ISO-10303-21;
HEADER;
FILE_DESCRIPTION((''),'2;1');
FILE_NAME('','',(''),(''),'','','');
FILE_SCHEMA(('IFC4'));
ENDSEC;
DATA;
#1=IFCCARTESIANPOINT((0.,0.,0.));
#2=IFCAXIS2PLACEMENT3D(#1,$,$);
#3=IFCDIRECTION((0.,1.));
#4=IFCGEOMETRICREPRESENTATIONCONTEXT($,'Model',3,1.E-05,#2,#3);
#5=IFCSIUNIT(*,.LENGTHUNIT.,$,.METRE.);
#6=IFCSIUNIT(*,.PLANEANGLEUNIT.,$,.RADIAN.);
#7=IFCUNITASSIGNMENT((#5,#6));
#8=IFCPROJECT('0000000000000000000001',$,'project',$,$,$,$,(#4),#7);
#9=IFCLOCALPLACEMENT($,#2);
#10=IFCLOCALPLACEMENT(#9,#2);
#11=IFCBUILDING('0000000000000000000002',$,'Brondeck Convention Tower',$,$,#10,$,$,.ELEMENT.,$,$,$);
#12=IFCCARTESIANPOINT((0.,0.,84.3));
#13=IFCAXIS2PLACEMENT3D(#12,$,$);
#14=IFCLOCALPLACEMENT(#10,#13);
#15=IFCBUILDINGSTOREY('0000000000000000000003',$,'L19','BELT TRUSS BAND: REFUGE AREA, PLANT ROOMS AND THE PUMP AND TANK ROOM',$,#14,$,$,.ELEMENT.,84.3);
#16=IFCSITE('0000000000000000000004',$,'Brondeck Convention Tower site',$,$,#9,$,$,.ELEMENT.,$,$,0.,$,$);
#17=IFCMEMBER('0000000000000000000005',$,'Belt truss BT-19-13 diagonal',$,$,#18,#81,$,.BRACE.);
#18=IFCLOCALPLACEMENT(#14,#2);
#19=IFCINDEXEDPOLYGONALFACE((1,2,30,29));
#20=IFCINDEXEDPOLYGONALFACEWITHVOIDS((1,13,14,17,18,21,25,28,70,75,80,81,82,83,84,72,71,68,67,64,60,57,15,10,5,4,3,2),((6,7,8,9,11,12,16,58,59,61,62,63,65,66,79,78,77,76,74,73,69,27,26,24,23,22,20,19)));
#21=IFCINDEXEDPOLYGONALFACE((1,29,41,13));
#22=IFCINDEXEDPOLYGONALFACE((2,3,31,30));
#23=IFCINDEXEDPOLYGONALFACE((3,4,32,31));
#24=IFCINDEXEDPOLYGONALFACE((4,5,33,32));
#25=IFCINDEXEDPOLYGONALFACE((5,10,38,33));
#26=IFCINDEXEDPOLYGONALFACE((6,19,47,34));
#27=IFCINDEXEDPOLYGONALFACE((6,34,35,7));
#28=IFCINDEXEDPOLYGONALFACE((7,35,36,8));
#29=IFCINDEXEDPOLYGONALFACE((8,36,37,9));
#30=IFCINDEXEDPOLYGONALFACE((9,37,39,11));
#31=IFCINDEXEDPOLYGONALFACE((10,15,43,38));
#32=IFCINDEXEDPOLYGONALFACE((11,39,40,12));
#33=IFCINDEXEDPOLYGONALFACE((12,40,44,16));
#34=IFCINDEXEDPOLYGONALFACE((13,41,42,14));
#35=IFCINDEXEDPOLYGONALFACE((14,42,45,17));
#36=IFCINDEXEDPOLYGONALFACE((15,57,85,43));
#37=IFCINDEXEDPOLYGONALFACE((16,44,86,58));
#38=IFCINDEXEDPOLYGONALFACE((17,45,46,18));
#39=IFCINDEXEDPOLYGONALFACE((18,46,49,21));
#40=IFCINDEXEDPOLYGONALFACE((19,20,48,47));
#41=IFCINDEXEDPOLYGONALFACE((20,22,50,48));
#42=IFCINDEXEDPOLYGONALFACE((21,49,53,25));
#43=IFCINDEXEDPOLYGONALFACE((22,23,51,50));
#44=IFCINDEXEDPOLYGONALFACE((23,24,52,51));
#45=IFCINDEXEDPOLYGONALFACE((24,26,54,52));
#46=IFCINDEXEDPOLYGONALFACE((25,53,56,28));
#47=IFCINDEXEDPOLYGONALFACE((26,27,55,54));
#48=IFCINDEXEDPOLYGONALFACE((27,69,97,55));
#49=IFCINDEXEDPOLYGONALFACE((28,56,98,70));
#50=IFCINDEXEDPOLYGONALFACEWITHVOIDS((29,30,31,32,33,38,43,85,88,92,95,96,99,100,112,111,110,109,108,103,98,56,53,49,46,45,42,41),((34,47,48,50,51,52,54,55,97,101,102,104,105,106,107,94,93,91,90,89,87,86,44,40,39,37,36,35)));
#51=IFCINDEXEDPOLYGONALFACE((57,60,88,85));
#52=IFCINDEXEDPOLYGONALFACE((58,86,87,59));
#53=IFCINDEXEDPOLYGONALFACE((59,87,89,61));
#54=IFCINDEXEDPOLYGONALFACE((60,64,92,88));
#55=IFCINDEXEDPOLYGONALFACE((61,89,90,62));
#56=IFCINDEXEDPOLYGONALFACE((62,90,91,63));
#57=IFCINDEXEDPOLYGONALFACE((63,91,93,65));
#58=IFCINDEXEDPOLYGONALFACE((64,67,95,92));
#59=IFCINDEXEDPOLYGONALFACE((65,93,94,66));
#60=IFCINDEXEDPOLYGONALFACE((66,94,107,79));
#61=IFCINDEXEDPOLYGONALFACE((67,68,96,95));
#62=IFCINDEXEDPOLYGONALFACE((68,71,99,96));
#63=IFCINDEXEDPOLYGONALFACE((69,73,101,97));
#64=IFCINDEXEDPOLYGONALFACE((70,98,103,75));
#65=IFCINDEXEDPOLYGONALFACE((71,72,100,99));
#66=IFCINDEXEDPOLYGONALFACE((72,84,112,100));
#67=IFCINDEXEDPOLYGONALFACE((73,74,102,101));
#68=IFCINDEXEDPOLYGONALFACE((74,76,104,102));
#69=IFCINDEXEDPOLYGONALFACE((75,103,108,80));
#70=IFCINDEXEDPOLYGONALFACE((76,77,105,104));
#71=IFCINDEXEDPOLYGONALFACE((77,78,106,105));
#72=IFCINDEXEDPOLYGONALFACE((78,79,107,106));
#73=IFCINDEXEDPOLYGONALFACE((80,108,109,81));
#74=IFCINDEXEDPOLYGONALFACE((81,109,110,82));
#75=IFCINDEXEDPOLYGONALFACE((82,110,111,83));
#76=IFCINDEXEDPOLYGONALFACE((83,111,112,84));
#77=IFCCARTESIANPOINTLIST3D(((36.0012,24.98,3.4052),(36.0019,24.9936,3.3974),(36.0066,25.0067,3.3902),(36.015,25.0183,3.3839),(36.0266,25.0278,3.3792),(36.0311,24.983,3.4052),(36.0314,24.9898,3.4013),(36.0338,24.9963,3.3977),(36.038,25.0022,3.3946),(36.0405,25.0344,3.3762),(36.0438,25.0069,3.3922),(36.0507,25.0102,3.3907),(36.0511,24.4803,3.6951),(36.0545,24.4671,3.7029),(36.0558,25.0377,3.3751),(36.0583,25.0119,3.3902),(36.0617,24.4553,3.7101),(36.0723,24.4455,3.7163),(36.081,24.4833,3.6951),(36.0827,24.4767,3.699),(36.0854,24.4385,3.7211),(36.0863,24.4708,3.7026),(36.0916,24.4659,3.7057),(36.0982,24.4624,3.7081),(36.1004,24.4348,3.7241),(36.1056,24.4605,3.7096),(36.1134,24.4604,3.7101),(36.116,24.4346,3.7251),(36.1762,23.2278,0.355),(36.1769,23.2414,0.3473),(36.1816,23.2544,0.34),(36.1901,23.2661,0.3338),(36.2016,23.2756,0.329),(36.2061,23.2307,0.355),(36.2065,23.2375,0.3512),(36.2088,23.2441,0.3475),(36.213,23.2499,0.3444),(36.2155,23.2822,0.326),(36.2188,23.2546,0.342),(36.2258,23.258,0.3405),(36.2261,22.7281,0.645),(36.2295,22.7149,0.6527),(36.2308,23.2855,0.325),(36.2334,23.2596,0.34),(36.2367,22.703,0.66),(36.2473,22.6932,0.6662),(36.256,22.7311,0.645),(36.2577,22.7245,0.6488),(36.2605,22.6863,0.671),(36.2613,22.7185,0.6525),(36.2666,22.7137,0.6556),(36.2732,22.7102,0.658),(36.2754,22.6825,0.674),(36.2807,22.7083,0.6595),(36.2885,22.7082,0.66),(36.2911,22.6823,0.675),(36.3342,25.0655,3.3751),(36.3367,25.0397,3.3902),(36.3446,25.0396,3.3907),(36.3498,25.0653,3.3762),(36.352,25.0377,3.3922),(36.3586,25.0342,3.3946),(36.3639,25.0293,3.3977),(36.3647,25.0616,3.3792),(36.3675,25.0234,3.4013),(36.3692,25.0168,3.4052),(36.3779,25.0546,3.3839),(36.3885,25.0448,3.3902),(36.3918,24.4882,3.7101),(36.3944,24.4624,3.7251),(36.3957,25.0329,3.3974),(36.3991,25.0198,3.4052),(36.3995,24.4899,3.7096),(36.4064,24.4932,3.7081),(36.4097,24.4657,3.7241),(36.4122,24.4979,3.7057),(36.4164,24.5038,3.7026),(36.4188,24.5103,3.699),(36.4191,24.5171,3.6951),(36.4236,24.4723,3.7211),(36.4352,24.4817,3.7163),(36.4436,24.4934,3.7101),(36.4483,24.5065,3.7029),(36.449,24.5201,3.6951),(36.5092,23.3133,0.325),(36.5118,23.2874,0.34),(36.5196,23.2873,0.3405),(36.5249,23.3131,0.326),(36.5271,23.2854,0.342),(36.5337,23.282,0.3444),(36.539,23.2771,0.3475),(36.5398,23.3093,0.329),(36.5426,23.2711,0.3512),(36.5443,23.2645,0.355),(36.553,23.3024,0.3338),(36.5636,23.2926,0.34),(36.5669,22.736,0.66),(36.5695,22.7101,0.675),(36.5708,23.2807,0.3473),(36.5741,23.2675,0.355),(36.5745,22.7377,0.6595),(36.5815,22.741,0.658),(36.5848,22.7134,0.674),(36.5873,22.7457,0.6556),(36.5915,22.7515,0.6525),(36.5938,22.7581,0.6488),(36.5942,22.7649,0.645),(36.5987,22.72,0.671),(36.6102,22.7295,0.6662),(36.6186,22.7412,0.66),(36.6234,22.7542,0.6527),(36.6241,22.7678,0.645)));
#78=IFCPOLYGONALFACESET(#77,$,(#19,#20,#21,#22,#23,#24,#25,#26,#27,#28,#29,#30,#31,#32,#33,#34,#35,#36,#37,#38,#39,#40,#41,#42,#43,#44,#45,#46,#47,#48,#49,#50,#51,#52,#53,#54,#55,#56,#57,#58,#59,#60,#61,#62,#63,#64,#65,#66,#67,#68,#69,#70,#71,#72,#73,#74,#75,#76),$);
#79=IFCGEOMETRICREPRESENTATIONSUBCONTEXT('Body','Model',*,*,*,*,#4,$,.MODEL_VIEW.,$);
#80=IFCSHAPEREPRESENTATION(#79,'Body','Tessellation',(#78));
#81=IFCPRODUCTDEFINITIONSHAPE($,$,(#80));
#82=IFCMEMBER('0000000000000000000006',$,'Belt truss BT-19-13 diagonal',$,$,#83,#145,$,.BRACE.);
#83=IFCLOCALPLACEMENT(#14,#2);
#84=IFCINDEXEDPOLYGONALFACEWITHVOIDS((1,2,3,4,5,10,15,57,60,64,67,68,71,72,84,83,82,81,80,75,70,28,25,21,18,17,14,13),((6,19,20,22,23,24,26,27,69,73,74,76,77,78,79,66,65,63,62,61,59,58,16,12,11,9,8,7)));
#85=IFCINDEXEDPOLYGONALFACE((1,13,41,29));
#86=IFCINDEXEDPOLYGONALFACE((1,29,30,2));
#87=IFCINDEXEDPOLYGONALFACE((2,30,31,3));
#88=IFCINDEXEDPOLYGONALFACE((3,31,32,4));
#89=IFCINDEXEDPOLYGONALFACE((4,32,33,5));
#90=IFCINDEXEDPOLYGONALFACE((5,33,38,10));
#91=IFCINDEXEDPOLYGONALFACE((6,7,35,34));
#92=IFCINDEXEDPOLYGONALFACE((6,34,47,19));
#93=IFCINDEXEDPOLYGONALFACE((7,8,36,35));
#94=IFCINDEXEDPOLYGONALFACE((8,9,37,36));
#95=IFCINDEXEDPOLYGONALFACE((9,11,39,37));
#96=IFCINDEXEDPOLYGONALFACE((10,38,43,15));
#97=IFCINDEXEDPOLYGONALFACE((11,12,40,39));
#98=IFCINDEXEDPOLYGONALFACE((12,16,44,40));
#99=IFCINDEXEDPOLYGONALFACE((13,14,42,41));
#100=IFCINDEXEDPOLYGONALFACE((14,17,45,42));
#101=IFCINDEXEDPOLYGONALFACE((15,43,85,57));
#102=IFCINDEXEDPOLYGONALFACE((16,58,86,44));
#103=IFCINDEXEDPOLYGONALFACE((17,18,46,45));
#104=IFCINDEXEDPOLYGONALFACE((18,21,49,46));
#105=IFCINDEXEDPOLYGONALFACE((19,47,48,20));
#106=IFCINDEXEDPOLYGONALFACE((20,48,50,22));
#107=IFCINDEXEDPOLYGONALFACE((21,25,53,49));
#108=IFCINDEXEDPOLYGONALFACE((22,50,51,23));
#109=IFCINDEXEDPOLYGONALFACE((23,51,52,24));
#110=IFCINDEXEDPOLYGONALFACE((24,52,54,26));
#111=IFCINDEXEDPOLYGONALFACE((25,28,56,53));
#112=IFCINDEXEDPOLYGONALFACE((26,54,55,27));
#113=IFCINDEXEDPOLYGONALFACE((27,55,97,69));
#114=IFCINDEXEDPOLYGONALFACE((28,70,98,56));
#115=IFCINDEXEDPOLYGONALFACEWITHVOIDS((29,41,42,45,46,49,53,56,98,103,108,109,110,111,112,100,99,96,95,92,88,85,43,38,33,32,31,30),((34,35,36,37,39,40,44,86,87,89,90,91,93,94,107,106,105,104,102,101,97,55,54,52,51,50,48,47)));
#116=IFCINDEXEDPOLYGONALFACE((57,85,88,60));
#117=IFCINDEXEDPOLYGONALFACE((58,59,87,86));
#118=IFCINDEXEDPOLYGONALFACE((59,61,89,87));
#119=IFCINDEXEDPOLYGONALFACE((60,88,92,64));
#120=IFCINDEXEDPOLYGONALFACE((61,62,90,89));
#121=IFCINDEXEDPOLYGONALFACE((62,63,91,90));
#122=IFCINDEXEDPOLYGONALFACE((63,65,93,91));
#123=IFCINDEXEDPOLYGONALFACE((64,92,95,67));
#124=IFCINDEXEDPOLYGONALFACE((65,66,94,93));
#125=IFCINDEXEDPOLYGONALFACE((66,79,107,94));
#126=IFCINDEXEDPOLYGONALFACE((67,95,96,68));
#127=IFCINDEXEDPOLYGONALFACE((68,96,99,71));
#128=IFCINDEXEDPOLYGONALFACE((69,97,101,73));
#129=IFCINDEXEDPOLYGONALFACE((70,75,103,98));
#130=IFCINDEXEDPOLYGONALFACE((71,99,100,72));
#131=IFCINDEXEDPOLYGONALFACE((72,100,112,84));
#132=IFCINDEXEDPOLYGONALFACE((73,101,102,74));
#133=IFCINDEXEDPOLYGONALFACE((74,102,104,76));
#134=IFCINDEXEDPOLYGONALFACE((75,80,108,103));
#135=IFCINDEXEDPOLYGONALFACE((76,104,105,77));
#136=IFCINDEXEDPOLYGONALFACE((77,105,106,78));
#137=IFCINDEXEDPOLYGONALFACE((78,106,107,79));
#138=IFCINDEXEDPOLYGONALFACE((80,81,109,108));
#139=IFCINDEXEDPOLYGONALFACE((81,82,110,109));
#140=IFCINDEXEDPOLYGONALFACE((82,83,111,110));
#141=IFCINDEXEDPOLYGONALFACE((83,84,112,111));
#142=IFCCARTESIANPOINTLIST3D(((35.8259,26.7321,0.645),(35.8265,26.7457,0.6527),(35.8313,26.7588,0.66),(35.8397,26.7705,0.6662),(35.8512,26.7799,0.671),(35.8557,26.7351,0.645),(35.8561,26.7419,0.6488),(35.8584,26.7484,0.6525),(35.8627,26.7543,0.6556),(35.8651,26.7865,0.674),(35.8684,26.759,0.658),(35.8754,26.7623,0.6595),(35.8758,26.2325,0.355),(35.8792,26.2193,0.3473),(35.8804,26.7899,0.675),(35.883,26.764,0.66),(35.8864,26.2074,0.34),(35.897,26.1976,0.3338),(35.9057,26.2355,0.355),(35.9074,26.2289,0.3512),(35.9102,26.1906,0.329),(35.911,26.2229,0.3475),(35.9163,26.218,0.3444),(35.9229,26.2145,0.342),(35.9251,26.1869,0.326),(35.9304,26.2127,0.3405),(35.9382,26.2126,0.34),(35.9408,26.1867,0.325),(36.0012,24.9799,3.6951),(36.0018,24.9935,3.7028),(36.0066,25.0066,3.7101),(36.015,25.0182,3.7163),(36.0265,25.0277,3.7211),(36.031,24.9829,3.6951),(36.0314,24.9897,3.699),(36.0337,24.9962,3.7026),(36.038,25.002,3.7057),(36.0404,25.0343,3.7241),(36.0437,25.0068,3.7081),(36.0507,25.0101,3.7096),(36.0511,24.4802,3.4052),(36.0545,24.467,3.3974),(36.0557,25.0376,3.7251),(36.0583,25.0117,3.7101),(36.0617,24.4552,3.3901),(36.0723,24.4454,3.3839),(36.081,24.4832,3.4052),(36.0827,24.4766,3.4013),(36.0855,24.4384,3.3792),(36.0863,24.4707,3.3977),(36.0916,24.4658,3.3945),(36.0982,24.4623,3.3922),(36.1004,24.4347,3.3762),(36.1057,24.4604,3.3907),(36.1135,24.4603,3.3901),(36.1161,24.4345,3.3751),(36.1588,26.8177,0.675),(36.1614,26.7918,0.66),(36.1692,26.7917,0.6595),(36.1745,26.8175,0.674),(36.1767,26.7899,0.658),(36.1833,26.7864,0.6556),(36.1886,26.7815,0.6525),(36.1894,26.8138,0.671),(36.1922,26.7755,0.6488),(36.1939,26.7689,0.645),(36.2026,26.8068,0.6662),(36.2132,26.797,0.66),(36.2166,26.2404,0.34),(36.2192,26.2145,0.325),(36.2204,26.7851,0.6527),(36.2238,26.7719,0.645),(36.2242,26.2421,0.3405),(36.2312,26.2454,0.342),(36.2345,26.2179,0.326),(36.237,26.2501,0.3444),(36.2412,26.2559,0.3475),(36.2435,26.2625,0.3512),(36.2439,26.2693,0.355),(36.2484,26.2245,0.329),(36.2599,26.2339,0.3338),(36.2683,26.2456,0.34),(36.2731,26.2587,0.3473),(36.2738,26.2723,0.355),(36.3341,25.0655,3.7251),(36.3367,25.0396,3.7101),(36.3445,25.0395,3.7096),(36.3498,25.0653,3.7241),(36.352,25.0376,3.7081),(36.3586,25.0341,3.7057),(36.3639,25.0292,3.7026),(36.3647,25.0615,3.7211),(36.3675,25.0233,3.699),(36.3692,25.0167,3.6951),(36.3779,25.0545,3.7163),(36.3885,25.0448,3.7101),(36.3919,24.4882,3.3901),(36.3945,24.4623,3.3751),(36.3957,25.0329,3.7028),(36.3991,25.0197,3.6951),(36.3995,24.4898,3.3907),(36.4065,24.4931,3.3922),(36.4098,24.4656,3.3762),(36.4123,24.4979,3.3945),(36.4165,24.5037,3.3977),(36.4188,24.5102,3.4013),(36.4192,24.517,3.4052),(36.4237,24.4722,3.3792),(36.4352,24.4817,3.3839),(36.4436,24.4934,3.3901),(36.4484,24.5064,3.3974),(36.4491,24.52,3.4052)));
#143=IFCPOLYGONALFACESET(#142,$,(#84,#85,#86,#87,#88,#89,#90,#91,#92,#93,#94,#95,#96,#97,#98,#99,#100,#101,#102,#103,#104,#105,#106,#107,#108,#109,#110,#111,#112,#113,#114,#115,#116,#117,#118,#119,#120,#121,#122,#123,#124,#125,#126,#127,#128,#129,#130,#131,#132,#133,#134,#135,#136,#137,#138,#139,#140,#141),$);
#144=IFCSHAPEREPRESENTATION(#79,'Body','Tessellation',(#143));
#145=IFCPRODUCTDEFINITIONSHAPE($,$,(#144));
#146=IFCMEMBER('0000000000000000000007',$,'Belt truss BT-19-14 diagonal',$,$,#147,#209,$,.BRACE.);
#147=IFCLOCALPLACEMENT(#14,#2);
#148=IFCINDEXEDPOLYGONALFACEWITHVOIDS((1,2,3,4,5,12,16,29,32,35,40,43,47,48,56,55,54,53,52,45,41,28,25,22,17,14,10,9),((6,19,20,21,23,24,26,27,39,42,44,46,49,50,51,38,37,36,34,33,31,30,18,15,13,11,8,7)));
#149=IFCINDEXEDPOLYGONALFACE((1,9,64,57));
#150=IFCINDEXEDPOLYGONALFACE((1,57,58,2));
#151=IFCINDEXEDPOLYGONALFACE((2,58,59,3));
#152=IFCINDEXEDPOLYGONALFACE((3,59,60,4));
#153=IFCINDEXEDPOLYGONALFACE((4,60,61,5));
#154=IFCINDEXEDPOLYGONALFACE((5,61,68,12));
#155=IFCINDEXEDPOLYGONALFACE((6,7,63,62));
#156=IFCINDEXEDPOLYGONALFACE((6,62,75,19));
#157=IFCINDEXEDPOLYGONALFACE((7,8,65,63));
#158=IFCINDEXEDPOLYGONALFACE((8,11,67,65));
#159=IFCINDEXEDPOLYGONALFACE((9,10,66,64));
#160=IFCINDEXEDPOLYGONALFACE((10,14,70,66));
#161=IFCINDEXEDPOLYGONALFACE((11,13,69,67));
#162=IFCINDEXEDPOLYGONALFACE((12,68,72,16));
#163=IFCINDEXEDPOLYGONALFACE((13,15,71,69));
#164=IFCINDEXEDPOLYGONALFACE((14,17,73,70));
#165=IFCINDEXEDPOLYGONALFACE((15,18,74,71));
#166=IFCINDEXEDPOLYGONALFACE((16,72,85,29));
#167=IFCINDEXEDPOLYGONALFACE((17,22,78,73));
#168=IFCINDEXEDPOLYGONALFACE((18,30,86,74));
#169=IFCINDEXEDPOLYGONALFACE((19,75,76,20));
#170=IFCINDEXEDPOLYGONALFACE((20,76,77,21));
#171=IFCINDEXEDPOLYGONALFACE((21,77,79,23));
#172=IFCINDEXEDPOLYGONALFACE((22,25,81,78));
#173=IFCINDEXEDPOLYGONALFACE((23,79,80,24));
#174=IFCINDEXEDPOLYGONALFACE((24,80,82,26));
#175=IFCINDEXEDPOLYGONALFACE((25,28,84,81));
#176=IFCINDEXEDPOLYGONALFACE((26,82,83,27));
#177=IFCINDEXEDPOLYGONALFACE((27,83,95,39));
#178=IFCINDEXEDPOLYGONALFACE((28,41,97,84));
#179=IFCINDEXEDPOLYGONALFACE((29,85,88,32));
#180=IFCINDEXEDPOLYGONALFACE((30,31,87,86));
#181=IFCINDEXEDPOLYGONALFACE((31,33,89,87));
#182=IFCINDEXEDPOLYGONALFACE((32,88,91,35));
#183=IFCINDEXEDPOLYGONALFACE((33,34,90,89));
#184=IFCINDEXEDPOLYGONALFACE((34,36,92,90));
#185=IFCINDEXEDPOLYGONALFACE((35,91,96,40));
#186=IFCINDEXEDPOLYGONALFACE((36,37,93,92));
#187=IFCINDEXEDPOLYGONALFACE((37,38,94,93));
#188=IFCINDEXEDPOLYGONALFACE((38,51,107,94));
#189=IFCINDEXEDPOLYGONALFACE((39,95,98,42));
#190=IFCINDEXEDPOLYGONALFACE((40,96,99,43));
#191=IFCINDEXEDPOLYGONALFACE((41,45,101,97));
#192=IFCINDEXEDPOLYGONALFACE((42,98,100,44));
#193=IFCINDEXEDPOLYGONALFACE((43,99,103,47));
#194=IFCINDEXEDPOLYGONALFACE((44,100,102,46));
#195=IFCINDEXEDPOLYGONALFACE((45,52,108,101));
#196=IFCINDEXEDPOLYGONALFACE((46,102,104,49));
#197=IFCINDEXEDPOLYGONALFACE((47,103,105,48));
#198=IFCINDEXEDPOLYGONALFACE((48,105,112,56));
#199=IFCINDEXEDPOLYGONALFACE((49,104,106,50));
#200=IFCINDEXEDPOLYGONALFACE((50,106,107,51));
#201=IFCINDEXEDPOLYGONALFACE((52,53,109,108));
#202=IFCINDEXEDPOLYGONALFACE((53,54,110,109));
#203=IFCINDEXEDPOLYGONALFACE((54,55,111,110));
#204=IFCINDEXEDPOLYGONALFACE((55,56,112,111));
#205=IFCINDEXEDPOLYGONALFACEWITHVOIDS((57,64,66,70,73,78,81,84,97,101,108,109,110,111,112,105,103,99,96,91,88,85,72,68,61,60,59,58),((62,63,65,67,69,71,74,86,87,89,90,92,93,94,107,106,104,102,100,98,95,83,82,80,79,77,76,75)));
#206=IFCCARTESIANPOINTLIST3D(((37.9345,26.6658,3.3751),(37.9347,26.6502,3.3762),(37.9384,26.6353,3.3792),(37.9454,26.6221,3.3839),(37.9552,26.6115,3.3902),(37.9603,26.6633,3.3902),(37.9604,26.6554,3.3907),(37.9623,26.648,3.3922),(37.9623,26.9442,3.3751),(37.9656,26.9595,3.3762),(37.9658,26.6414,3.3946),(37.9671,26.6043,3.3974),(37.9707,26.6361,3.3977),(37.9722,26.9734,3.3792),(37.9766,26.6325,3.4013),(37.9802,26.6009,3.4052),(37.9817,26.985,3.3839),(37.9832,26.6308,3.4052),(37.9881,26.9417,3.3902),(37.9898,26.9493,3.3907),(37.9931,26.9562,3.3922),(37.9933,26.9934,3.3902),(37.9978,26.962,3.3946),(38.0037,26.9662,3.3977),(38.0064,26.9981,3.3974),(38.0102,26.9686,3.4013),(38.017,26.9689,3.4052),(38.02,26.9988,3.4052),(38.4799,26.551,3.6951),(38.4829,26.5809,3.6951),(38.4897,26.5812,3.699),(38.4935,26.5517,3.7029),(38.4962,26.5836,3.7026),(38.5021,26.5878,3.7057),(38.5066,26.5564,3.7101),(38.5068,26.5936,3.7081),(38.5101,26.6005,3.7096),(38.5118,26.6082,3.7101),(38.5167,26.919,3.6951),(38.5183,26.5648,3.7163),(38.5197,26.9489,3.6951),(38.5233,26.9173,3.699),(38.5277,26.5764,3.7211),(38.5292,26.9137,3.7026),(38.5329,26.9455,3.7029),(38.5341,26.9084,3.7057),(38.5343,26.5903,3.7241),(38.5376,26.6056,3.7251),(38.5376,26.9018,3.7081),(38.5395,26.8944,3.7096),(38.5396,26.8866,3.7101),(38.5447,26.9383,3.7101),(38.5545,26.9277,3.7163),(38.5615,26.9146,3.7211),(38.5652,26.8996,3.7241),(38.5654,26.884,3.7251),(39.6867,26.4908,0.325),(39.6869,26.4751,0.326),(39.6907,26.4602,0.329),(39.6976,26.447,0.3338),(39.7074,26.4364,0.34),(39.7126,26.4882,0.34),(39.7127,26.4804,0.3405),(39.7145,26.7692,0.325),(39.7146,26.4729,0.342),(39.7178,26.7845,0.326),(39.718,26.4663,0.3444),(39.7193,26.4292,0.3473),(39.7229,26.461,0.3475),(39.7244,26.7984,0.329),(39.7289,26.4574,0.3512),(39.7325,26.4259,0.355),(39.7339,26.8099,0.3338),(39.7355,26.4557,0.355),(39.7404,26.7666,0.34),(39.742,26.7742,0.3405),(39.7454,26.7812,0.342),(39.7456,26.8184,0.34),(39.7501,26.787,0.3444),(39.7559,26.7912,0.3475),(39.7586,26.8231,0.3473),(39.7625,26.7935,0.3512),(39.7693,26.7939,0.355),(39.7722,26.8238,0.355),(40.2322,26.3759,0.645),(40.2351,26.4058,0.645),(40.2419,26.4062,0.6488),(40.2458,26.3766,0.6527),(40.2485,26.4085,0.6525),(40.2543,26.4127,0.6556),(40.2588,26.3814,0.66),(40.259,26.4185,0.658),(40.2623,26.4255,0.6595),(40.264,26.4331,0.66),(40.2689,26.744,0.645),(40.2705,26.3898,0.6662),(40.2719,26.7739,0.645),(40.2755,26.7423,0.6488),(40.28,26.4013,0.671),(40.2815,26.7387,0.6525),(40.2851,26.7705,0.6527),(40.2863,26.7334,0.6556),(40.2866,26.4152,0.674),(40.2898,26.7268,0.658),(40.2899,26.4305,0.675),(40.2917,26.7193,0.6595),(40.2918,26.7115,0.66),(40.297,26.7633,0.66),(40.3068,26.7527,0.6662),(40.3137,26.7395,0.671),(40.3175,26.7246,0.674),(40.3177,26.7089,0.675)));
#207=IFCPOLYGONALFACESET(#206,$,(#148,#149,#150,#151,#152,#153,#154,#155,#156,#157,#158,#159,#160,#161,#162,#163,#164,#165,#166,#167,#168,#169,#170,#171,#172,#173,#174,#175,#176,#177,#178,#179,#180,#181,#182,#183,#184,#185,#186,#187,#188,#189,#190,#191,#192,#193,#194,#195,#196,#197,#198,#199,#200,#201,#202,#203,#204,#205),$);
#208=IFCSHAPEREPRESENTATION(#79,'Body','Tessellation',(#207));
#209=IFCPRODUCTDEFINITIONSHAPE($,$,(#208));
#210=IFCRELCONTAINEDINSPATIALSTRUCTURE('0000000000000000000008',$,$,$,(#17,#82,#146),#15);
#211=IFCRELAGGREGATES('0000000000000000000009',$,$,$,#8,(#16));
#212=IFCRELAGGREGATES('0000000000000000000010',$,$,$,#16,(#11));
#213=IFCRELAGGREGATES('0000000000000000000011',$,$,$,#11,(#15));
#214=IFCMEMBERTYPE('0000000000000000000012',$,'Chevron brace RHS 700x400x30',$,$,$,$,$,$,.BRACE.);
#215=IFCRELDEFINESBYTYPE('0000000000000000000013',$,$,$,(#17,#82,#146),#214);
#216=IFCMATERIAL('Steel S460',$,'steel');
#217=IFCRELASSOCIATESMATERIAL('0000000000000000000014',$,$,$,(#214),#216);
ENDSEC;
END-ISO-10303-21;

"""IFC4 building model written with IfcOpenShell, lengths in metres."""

from ifc_helpers import new_model, si_unit, direction, frame, origin, origin_2d, place, context, subcontext, project, spatial, hollow_rectangle, extrude, material, material_profile, profile_set, type_object, element, save


model = new_model("IFC4")

# Units and contexts
model_context = context("Model", 3, precision=1e-05, world=origin(), true_north=direction((0.0, 1.0)))
body_context = subcontext(model_context, "Body", "Model", "MODEL_VIEW")
ifc_project = project(units=[si_unit("LENGTHUNIT", "METRE"), si_unit("PLANEANGLEUNIT", "RADIAN")], contexts=[model_context])

# Site, building, storey
site_placement = place(None, origin())
site = spatial("IfcSite", under=ifc_project, at=site_placement, Name="Brondeck Convention Tower site", CompositionType="ELEMENT", RefElevation=0.0)
building_placement = place(site_placement, origin())
building = spatial("IfcBuilding", under=site, at=building_placement, Name="Brondeck Convention Tower", CompositionType="ELEMENT")
storey_placement = place(building_placement, frame((0.0, 0.0, 84.3)))
storey = spatial("IfcBuildingStorey", under=building, at=storey_placement, Name="L19", Description="BELT TRUSS BAND: REFUGE AREA, PLANT ROOMS AND THE PUMP AND TANK ROOM", CompositionType="ELEMENT", Elevation=84.3)

# Members
ifc_material_1 = material(Name="Steel S460", Category="steel")
ifc_material_profile_1 = material_profile(ifc_material_1, hollow_rectangle(XDim=0.3999, YDim=0.7, WallThickness=0.03, InnerFilletRadius=0.03, OuterFilletRadius=0.0601, at=origin_2d()), Name="RHS 700x400x30")
ifc_profile_set_1 = profile_set([ifc_material_profile_1], Name="Steel S460")
member_type_1 = type_object("IfcMemberType", Name="Chevron brace RHS 700x400x30", PredefinedType="BRACE", material=ifc_profile_set_1)
for number, where, z_axis, x_axis, name in (
    (1, (36.4001, 22.9978, 0.5), (-0.049703, 0.497518, 0.866029), (-0.995047, -0.099408, 0.0), "Belt truss BT-19-13 diagonal"),
    (2, (36.0498, 26.5022, 0.5), (0.049772, -0.497516, 0.866026), (0.995033, 0.099545, 0.0), "Belt truss BT-19-13 diagonal"),
    (3, (40.0022, 26.5999, 0.5), (-0.497518, 0.049703, 0.866029), (-0.099408, -0.995047, 0.0), "Belt truss BT-19-14 diagonal"),
):
    element("IfcMember", number, at=place(storey_placement, frame(where, z_axis=z_axis, x_axis=x_axis)), inside=storey, type_object=member_type_1, Name=name, PredefinedType="BRACE", context=body_context, shape_type="SweptSolid", body=[
        extrude(hollow_rectangle(XDim=0.3999, YDim=0.7, WallThickness=0.03, InnerFilletRadius=0.03, OuterFilletRadius=0.0601, at=origin_2d()), origin(), (0.0, 0.0, 1.0), 3.522),
    ])

save(model, "model.ifc")
